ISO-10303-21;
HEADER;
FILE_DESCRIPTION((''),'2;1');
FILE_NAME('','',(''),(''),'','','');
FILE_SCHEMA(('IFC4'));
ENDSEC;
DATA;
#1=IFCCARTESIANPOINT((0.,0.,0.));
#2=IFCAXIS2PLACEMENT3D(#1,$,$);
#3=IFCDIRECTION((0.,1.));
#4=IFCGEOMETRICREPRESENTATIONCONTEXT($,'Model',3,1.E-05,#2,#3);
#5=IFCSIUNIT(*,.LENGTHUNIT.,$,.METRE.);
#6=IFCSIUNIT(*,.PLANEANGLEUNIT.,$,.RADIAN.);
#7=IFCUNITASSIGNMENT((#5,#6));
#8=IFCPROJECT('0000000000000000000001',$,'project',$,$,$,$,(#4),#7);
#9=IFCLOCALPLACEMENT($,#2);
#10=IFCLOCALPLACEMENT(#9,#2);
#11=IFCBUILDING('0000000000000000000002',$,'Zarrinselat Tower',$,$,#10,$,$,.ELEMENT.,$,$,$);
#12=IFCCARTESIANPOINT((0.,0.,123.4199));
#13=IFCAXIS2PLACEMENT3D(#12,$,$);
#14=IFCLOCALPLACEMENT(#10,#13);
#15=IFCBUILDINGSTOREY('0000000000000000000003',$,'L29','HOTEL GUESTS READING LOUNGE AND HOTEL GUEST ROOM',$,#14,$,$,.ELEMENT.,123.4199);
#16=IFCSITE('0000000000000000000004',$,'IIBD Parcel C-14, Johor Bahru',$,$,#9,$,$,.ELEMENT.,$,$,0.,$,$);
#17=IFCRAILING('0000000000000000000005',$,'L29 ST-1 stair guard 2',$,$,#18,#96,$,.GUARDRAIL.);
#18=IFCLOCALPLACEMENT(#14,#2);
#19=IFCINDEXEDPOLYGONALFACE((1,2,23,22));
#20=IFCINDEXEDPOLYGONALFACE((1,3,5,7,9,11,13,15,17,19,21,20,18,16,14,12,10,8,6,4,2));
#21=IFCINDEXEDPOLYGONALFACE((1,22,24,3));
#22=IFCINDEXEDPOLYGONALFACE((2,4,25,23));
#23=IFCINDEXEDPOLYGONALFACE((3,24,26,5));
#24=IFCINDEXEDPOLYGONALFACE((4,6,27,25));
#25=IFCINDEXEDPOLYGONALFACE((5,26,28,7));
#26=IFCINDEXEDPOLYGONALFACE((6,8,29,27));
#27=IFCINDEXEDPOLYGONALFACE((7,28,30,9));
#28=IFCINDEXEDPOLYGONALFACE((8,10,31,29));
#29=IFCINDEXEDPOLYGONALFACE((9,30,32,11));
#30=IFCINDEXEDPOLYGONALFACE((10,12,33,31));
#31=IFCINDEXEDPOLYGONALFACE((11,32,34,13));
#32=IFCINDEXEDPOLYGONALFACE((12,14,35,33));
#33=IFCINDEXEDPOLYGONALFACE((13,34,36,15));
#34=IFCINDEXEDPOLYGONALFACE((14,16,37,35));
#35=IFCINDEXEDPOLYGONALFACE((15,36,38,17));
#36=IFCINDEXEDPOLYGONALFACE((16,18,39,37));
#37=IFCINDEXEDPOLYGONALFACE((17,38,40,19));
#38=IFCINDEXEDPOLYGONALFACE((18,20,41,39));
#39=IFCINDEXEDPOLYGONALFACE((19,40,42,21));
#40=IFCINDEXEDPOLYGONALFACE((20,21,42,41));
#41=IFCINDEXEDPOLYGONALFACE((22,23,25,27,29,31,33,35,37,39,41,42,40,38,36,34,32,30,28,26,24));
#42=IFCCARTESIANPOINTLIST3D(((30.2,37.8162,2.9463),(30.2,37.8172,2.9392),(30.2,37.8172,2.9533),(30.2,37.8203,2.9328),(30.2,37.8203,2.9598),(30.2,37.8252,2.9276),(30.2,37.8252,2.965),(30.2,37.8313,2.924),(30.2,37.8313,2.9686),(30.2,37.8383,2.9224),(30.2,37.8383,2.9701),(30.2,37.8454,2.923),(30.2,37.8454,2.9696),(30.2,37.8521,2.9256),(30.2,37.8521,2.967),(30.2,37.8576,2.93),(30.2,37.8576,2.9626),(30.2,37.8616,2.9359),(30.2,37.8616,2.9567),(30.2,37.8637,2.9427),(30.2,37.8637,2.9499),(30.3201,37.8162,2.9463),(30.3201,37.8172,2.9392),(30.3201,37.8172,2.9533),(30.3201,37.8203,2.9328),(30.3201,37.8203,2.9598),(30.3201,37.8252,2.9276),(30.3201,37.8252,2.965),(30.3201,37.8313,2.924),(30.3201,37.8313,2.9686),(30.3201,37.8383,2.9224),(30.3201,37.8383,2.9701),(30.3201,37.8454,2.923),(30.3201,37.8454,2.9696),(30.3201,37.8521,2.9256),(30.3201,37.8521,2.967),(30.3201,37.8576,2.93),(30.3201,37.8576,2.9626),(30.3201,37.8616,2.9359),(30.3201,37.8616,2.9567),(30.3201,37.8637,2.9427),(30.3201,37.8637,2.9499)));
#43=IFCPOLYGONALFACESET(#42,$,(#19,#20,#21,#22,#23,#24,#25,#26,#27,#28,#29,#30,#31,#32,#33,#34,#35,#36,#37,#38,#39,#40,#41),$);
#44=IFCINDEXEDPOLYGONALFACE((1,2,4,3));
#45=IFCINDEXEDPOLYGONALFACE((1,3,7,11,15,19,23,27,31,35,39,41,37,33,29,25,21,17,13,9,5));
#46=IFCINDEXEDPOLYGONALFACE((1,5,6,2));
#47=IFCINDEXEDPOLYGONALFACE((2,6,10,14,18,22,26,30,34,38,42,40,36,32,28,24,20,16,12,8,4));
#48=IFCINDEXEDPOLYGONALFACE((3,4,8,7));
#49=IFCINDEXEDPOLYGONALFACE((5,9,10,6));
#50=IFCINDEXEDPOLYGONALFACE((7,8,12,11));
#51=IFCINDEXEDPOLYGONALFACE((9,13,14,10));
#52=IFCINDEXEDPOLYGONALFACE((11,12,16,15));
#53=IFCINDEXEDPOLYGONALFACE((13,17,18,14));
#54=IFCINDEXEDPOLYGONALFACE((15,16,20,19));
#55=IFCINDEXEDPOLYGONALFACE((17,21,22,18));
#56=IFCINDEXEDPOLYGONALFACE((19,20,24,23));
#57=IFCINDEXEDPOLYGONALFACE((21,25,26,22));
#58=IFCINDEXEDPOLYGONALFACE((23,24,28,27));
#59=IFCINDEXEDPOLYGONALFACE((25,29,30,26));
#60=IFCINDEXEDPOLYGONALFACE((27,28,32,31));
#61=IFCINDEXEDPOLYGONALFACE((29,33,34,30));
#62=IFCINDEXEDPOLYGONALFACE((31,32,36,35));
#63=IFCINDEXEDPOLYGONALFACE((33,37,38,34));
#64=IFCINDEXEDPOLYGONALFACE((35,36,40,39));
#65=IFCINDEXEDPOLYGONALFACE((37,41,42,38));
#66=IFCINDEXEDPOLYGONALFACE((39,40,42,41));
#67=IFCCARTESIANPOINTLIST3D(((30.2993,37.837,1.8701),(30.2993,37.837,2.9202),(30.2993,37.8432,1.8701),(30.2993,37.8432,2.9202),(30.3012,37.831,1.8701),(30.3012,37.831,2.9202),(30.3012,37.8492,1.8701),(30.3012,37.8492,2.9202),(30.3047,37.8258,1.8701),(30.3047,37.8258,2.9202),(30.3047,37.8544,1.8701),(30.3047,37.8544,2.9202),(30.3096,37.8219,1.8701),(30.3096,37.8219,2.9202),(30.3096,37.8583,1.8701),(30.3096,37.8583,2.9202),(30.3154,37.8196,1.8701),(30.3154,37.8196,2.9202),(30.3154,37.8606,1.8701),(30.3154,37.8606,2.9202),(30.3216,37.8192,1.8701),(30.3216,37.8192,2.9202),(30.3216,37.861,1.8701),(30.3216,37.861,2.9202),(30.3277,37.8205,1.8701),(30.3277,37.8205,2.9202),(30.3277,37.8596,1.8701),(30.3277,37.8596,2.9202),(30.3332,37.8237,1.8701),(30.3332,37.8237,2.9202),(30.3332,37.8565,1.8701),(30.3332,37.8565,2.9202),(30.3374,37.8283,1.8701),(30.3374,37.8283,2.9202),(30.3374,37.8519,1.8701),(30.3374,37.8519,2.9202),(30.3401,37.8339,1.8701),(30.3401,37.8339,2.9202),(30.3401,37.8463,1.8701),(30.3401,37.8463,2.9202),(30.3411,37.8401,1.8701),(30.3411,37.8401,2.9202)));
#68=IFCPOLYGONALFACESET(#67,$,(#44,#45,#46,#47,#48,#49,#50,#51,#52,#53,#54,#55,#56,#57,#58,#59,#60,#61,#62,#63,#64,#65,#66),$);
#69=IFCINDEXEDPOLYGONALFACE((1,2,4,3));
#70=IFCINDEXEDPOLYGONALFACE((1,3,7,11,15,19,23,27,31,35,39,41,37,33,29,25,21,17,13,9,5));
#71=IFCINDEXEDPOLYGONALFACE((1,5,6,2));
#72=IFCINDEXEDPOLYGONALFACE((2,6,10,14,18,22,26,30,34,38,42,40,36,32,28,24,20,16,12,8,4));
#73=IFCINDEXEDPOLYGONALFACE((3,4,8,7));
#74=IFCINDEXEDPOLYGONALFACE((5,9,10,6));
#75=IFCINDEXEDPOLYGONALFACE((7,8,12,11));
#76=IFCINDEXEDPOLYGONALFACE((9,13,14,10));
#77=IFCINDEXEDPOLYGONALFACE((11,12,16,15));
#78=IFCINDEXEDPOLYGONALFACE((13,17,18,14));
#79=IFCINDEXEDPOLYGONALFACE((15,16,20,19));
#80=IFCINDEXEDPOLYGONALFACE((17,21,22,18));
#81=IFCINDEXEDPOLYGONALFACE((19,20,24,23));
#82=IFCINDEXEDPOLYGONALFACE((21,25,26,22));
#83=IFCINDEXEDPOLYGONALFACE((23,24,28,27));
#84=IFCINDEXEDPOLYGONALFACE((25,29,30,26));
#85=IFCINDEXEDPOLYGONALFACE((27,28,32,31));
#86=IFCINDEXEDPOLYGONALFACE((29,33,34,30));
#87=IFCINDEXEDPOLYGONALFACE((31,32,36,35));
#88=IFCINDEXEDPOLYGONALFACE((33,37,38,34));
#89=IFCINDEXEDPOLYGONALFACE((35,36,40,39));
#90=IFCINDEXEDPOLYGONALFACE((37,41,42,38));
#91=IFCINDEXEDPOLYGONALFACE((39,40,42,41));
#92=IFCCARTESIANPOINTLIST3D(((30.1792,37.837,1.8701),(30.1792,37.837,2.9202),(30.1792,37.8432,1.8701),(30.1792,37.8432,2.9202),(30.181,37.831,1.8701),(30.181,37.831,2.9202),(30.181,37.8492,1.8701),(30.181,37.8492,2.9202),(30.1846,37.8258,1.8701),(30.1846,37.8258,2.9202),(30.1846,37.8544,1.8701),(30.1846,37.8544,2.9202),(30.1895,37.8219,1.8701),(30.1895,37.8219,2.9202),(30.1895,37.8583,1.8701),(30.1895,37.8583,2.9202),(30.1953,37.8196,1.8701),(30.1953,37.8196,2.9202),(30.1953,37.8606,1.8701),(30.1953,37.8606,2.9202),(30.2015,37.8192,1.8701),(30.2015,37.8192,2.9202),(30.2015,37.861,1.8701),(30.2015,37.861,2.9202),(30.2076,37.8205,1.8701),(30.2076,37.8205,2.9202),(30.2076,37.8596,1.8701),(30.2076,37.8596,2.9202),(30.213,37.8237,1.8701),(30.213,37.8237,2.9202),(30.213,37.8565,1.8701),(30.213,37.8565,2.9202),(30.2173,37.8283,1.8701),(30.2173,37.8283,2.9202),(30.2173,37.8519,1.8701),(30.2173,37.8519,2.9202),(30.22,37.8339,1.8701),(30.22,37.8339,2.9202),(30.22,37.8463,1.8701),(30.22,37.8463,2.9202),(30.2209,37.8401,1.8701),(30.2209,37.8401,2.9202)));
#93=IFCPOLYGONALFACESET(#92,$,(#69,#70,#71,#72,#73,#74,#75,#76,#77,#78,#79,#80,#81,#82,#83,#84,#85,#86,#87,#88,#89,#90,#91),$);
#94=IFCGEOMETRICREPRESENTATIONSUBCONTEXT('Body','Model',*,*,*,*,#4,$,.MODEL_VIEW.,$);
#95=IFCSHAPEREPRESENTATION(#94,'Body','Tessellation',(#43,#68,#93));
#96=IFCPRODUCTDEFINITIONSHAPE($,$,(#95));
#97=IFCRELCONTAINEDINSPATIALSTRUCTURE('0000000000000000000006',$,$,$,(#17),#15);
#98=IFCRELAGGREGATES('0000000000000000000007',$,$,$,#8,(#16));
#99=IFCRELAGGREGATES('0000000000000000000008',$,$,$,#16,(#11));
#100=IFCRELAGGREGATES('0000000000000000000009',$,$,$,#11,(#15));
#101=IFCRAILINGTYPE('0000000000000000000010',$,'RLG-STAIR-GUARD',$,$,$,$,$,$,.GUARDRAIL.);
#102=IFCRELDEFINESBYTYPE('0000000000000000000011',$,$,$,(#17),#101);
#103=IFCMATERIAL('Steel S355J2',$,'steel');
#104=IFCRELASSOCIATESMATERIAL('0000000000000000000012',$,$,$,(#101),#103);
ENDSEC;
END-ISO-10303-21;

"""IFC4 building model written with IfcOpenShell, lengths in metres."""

from ifc_helpers import new_model, si_unit, direction, frame, origin, origin_2d, place, context, subcontext, project, spatial, circle, extrude, material, type_object, element, save


model = new_model("IFC4")

# Units and contexts
model_context = context("Model", 3, precision=1e-05, world=origin(), true_north=direction((0.0, 1.0)))
body_context = subcontext(model_context, "Body", "Model", "MODEL_VIEW")
ifc_project = project(units=[si_unit("LENGTHUNIT", "METRE"), si_unit("PLANEANGLEUNIT", "RADIAN")], contexts=[model_context])

# Site, building, storey
site_placement = place(None, origin())
site = spatial("IfcSite", under=ifc_project, at=site_placement, Name="IIBD Parcel C-14, Johor Bahru", CompositionType="ELEMENT", RefElevation=0.0)
building_placement = place(site_placement, origin())
building = spatial("IfcBuilding", under=site, at=building_placement, Name="Zarrinselat Tower", CompositionType="ELEMENT")
storey_placement = place(building_placement, frame((0.0, 0.0, 123.4199)))
storey = spatial("IfcBuildingStorey", under=building, at=storey_placement, Name="L29", Description="HOTEL GUESTS READING LOUNGE AND HOTEL GUEST ROOM", CompositionType="ELEMENT", Elevation=123.4199)

# Railing
ifc_material_1 = material(Name="Steel S355J2", Category="steel")
railing_type_1 = type_object("IfcRailingType", Name="RLG-STAIR-GUARD", PredefinedType="GUARDRAIL", material=ifc_material_1)
railing_1_placement = place(storey_placement, frame((30.3201, 37.8401, 1.8701)))
element("IfcRailing", 1, at=railing_1_placement, inside=storey, type_object=railing_type_1, Name="L29 ST-1 stair guard 2", PredefinedType="GUARDRAIL", context=body_context, shape_type="SweptSolid", body=[
    extrude(circle(Radius=0.0239, at=origin_2d()), frame((0.0, 0.0, 1.0762), z_axis=(-1.0, 0.0, 0.0), x_axis=(0.0, -1.0, 0.0)), (0.0, 0.0, 1.0), 0.1201),
    extrude(circle(Radius=0.021, at=origin_2d()), origin(), (0.0, 0.0, 1.0), 1.05),
    extrude(circle(Radius=0.021, at=origin_2d()), frame((-0.1201, 0.0, 0.0)), (0.0, 0.0, 1.0), 1.05),
])

save(model, "model.ifc")
